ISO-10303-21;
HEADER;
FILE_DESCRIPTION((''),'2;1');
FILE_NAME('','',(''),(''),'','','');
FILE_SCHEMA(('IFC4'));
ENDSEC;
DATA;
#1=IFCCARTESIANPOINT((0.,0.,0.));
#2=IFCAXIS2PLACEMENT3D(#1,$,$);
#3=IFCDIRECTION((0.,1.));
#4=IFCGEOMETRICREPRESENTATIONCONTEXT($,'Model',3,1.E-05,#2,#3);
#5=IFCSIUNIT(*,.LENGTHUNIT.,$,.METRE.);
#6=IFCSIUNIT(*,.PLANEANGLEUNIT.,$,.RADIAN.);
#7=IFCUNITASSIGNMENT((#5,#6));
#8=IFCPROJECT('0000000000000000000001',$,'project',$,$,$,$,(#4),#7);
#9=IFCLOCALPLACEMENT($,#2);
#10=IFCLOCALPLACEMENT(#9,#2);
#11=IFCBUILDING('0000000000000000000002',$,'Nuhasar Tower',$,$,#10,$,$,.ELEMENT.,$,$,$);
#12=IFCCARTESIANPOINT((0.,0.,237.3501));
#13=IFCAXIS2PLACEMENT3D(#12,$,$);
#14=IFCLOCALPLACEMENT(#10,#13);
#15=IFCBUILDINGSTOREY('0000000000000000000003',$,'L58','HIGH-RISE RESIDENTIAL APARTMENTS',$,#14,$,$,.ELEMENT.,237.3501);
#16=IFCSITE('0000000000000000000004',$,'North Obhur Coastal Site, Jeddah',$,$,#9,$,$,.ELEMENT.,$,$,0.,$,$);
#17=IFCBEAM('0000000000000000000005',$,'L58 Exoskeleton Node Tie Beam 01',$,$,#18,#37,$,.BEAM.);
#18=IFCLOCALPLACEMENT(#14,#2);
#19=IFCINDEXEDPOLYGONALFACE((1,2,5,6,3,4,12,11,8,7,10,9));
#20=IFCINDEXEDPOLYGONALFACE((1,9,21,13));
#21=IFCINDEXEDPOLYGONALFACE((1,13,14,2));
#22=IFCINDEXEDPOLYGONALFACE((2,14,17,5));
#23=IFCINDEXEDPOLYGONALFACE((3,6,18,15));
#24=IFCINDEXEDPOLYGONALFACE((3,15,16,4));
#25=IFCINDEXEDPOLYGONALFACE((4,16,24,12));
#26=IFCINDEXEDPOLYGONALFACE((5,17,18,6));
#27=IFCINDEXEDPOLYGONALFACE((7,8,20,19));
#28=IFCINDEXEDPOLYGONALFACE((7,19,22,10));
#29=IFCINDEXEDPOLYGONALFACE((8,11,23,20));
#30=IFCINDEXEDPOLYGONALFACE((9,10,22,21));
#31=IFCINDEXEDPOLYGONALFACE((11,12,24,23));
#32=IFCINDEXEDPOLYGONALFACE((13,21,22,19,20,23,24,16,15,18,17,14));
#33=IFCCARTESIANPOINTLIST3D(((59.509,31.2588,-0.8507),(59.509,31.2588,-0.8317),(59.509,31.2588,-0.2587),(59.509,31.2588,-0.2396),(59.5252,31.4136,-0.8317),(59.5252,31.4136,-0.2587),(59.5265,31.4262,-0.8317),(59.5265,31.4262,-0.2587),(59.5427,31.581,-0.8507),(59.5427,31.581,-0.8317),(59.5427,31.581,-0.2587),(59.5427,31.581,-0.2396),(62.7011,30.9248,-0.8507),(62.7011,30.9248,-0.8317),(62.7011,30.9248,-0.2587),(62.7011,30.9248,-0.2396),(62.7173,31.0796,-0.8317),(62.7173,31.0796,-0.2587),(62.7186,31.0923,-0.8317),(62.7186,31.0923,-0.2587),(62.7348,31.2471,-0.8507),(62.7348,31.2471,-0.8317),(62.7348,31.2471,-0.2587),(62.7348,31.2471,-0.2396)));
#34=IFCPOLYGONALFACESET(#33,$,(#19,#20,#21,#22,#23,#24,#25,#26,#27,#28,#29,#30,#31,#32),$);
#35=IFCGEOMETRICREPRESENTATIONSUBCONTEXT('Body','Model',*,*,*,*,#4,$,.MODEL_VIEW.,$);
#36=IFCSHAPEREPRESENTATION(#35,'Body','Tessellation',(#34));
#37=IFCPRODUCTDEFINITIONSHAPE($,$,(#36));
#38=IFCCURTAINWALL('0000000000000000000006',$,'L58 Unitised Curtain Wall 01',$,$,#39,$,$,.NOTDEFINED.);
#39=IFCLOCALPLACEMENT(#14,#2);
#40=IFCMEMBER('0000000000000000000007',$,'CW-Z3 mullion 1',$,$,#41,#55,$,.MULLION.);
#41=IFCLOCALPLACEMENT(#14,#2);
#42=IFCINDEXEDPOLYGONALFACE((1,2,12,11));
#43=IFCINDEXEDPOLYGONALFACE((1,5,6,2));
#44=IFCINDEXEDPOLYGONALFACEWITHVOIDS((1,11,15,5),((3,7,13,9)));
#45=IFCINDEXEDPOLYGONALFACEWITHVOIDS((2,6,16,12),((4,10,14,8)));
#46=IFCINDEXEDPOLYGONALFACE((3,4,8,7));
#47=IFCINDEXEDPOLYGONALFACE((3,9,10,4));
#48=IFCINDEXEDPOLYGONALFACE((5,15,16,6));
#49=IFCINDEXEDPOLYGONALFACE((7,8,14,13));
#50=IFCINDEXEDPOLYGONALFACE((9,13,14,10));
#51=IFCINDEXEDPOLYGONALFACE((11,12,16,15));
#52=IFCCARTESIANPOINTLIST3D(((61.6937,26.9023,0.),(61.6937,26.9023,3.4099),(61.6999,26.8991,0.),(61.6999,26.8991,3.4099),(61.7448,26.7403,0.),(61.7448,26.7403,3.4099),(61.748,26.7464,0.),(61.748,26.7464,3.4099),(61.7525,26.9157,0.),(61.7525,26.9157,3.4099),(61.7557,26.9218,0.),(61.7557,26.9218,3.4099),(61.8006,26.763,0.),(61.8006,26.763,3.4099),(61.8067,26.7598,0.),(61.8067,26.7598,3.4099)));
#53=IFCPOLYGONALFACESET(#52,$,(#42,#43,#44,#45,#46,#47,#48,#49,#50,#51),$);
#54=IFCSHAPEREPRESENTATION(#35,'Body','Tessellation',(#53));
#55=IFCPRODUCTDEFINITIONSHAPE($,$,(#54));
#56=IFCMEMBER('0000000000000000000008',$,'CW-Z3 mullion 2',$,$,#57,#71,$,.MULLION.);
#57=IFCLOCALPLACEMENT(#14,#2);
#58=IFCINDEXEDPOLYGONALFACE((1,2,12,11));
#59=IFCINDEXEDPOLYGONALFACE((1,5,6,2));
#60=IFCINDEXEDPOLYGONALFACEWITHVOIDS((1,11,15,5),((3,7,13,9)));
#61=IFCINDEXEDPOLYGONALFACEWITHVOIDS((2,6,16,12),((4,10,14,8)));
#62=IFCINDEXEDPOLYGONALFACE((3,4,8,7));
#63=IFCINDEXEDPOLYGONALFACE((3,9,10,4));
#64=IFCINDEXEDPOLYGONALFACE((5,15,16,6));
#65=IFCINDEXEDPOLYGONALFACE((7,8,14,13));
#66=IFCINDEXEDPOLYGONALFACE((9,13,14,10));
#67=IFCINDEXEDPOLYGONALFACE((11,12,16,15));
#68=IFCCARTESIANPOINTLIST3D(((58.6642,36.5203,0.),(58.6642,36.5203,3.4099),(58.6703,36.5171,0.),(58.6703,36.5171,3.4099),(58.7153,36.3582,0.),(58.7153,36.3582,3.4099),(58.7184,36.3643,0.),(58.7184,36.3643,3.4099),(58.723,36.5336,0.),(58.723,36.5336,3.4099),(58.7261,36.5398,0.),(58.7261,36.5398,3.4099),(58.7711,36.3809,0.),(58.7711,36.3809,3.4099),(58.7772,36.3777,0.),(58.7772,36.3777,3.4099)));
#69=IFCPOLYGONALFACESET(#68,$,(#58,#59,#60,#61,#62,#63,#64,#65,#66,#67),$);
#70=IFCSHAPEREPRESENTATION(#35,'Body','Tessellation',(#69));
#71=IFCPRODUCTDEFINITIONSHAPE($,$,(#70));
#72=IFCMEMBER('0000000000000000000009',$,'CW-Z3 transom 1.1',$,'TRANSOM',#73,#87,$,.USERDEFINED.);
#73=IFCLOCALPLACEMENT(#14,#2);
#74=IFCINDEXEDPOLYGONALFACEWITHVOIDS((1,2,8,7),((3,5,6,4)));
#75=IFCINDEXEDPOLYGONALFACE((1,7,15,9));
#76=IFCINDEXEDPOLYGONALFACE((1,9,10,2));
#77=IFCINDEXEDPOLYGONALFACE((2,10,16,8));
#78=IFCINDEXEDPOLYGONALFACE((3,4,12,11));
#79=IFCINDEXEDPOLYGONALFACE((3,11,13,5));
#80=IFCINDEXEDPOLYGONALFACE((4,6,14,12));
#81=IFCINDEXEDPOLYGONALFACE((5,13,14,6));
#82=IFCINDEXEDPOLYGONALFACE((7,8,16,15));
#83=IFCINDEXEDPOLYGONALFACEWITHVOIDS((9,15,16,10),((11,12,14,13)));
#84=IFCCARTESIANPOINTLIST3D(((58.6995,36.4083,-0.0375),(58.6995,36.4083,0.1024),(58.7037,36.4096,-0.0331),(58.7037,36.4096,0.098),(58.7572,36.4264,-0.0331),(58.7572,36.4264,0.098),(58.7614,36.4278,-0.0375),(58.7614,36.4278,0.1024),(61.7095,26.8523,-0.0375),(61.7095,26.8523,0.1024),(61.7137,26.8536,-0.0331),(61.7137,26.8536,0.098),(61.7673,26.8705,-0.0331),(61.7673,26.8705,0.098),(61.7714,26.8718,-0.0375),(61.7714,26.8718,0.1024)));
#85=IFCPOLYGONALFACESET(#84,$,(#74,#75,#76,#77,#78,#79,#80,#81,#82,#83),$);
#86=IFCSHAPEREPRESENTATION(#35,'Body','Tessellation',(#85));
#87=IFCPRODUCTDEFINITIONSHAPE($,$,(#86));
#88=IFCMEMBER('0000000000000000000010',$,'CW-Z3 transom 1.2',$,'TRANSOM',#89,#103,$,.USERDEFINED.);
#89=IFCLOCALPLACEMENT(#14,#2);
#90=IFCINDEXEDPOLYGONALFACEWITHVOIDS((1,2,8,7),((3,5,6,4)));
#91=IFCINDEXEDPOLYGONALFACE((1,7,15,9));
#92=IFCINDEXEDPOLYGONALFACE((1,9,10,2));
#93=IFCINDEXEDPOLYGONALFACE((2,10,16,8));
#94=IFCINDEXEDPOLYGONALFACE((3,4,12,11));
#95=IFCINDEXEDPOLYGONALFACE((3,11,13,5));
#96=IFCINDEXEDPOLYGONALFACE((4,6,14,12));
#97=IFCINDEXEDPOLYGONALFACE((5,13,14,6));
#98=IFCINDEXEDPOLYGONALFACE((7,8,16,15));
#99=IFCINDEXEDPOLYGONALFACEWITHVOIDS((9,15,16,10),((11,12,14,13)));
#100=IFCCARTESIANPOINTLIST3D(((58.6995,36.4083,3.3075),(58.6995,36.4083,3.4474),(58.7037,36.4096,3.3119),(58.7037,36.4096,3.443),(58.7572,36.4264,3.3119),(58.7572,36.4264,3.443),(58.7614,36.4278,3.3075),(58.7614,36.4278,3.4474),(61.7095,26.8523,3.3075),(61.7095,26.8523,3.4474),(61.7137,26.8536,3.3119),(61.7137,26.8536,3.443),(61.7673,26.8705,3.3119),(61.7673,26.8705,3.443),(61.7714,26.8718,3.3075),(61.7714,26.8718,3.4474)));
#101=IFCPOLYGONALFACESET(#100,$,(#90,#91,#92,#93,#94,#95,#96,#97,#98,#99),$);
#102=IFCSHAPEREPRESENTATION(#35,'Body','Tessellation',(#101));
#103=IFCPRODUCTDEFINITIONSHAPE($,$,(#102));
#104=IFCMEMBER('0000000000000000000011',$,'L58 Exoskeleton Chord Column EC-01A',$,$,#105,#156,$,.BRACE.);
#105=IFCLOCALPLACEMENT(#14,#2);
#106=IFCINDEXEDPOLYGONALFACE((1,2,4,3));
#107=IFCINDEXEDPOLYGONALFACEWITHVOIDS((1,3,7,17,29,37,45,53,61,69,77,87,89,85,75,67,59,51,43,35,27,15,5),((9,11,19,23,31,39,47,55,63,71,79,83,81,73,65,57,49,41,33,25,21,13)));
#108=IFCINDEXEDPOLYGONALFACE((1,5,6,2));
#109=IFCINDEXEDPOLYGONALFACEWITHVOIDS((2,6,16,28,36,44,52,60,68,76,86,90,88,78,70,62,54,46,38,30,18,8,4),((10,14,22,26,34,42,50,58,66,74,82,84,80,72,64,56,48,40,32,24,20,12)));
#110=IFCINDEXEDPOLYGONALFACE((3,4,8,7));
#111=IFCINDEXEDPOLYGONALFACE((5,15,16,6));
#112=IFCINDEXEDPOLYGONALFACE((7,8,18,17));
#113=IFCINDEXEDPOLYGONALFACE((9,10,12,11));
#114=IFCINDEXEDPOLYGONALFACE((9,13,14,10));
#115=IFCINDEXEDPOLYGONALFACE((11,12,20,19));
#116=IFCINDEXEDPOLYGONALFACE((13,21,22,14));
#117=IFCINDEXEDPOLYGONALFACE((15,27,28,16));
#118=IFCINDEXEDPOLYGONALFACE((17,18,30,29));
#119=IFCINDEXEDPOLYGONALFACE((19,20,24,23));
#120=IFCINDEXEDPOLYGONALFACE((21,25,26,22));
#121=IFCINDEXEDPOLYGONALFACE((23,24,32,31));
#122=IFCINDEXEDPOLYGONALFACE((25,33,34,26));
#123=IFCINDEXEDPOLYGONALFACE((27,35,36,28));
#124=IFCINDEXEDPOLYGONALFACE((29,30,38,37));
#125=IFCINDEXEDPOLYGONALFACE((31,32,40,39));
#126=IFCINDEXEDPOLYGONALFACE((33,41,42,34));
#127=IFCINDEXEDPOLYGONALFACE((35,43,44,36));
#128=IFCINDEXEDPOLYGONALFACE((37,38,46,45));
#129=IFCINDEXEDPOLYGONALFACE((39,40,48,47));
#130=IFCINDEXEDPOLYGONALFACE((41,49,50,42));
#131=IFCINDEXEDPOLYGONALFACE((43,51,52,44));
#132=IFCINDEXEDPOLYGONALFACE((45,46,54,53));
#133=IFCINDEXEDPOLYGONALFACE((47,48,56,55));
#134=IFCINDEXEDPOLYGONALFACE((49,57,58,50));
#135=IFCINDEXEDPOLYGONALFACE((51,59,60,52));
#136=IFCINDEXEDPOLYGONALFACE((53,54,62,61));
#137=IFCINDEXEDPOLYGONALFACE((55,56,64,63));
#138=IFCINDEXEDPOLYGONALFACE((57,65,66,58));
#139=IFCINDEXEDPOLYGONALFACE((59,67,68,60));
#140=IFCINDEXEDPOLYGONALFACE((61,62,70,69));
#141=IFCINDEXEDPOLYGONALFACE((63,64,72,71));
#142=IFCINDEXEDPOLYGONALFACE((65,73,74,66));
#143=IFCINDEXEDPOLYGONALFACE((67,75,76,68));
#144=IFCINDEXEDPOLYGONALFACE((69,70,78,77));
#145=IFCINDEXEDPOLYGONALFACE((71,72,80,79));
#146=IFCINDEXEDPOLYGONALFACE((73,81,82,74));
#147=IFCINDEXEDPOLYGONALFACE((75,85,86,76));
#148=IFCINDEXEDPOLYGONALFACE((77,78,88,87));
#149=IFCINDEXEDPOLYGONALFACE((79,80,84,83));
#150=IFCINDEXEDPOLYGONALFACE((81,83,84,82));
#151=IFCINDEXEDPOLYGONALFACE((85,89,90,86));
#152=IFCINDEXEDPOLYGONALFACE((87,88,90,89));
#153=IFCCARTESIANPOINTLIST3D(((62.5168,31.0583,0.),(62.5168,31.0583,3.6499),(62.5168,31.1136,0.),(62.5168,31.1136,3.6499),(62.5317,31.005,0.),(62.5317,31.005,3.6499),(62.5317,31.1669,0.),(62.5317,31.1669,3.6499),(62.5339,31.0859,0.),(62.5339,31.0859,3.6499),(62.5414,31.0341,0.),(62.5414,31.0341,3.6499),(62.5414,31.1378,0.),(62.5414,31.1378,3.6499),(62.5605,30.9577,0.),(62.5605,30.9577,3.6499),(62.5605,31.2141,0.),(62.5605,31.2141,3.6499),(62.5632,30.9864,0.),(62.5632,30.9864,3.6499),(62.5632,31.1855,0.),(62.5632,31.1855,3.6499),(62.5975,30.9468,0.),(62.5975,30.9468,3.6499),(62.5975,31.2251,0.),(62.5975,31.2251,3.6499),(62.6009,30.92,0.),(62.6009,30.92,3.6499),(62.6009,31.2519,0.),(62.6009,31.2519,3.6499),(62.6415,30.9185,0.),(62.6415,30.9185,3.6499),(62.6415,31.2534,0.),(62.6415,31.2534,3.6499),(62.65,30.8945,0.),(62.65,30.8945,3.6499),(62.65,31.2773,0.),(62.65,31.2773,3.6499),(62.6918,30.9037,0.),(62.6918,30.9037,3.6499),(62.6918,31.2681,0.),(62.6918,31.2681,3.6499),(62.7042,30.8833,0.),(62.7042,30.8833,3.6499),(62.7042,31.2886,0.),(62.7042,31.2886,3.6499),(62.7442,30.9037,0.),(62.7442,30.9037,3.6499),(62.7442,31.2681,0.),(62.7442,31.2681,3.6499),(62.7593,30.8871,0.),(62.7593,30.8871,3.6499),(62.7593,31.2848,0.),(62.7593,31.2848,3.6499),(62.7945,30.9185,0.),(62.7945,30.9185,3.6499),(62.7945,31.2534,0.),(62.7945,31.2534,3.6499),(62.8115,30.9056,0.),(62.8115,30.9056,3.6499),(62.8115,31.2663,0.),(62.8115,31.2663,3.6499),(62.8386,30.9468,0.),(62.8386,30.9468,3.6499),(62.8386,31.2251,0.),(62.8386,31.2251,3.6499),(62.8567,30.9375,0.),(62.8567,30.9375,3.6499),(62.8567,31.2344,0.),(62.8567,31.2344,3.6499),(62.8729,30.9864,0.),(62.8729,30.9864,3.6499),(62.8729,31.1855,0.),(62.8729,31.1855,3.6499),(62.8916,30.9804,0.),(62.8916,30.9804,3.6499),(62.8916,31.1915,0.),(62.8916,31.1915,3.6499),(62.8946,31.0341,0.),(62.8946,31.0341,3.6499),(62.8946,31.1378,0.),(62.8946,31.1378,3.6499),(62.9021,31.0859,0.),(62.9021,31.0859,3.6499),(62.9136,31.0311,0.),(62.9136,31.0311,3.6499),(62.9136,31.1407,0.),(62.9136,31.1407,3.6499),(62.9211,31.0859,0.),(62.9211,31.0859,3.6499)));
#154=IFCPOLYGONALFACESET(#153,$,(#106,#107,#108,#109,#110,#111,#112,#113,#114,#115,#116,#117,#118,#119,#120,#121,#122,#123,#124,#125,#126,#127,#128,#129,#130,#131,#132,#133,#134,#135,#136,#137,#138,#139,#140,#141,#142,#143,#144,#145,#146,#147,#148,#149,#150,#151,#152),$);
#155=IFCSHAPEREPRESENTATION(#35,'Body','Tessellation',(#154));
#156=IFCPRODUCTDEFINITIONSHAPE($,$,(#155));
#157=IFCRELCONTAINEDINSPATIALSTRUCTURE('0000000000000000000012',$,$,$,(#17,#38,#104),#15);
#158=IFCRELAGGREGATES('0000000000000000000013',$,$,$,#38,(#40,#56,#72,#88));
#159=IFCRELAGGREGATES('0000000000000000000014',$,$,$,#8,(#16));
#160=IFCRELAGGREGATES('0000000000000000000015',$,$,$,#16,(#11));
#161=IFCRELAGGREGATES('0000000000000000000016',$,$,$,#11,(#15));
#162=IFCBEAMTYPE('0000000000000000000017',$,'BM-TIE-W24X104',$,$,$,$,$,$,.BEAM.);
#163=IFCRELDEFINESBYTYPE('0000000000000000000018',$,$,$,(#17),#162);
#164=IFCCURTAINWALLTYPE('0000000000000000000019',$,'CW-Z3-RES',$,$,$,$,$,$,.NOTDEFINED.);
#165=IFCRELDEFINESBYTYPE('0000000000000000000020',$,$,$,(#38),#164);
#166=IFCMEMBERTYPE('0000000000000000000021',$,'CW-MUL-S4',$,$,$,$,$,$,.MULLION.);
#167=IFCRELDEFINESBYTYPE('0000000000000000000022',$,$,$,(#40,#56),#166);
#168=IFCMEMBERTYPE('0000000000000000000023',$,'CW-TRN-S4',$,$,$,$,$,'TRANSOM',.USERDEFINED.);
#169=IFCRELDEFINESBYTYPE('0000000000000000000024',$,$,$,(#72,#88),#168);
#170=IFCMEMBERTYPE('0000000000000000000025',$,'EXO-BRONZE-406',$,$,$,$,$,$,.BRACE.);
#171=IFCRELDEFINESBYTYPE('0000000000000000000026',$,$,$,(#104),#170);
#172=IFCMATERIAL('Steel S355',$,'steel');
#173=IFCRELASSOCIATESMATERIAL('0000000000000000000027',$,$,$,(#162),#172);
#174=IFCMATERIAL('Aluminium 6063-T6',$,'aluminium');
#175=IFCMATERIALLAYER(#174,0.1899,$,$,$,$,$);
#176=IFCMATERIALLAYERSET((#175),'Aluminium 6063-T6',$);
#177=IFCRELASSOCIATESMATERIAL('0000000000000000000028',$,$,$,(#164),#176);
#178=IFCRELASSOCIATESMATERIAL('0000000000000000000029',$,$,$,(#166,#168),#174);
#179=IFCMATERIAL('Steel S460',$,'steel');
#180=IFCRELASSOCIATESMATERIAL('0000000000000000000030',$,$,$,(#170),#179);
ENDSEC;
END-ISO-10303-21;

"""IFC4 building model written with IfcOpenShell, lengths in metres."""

from ifc_helpers import new_model, si_unit, direction, frame, origin, origin_2d, place, context, subcontext, project, spatial, hollow_rectangle, hollow_circle, i_section, extrude, material, layer, layer_set, material_profile, profile_set, type_object, element, aggregate, save


model = new_model("IFC4")

# Units and contexts
model_context = context("Model", 3, precision=1e-05, world=origin(), true_north=direction((0.0, 1.0)))
body_context = subcontext(model_context, "Body", "Model", "MODEL_VIEW")
ifc_project = project(units=[si_unit("LENGTHUNIT", "METRE"), si_unit("PLANEANGLEUNIT", "RADIAN")], contexts=[model_context])

# Site, building, storey
site_placement = place(None, origin())
site = spatial("IfcSite", under=ifc_project, at=site_placement, Name="North Obhur Coastal Site, Jeddah", CompositionType="ELEMENT", RefElevation=0.0)
building_placement = place(site_placement, origin())
building = spatial("IfcBuilding", under=site, at=building_placement, Name="Nuhasar Tower", CompositionType="ELEMENT")
storey_placement = place(building_placement, frame((0.0, 0.0, 237.3501)))
storey = spatial("IfcBuildingStorey", under=building, at=storey_placement, Name="L58", Description="HIGH-RISE RESIDENTIAL APARTMENTS", CompositionType="ELEMENT", Elevation=237.3501)

# Beam
ifc_material_1 = material(Name="Steel S355", Category="steel")
ifc_material_profile_1 = material_profile(ifc_material_1, i_section(OverallWidth=0.324, OverallDepth=0.6111, WebThickness=0.0127, FlangeThickness=0.019, at=origin_2d()), Name="W24X104")
ifc_profile_set_1 = profile_set([ifc_material_profile_1], Name="Steel S355")
beam_type_1 = type_object("IfcBeamType", Name="BM-TIE-W24X104", PredefinedType="BEAM", material=ifc_profile_set_1)
beam_1_placement = place(storey_placement, frame((59.5259, 31.4199, -0.5452), z_axis=(0.994571, -0.104059, 0.0), x_axis=(0.104059, 0.994571, 0.0)))
element("IfcBeam", 1, at=beam_1_placement, inside=storey, type_object=beam_type_1, Name="L58 Exoskeleton Node Tie Beam 01", PredefinedType="BEAM", context=body_context, shape_type="SweptSolid", body=[
    extrude(i_section(OverallWidth=0.324, OverallDepth=0.6111, WebThickness=0.0127, FlangeThickness=0.019, at=origin_2d()), origin(), (0.0, 0.0, 1.0), 3.2095),
])

# Curtain wall, members
ifc_material_2 = material(Name="Aluminium 6063-T6", Category="aluminium")
ifc_layer_1 = layer(ifc_material_2, 0.1899)
ifc_layer_set_1 = layer_set([ifc_layer_1], Name="Aluminium 6063-T6")
curtain_wall_type = type_object("IfcCurtainWallType", Name="CW-Z3-RES", PredefinedType="NOTDEFINED", material=ifc_layer_set_1)
curtain_wall_placement = place(storey_placement, origin())
curtain_wall = element("IfcCurtainWall", 2, at=curtain_wall_placement, inside=storey, type_object=curtain_wall_type, Name="L58 Unitised Curtain Wall 01", PredefinedType="NOTDEFINED")
ifc_material_profile_2 = material_profile(ifc_material_2, hollow_rectangle(XDim=0.0649, YDim=0.1699, WallThickness=0.0049, at=origin_2d()), Name="CWM-4")
ifc_profile_set_2 = profile_set([ifc_material_profile_2], Name="Aluminium 6063-T6")
member_type_1 = type_object("IfcMemberType", Name="CW-MUL-S4", PredefinedType="MULLION", material=ifc_profile_set_2)
member_1_placement = place(storey_placement, frame((61.7502, 26.8311, 0.0), z_axis=(0.0, 0.0, 1.0), x_axis=(-0.953804, -0.300429, 0.0)))
member_1 = element("IfcMember", 3, at=member_1_placement, type_object=member_type_1, Name="CW-Z3 mullion 1", PredefinedType="MULLION", context=body_context, shape_type="SweptSolid", body=[
    extrude(hollow_rectangle(XDim=0.0649, YDim=0.1699, WallThickness=0.0049, at=origin_2d()), origin(), (0.0, 0.0, 1.0), 3.4099),
])
member_2_placement = place(storey_placement, frame((58.7207, 36.449, 0.0), z_axis=(0.0, 0.0, 1.0), x_axis=(-0.953804, -0.300429, 0.0)))
member_2 = element("IfcMember", 4, at=member_2_placement, type_object=member_type_1, Name="CW-Z3 mullion 2", PredefinedType="MULLION", context=body_context, shape_type="SweptSolid", body=[
    extrude(hollow_rectangle(XDim=0.0649, YDim=0.1699, WallThickness=0.0049, at=origin_2d()), origin(), (0.0, 0.0, 1.0), 3.4099),
])
ifc_material_profile_3 = material_profile(ifc_material_2, hollow_rectangle(XDim=0.0649, YDim=0.1399, WallThickness=0.0044, at=origin_2d()), Name="CWT-4")
ifc_profile_set_3 = profile_set([ifc_material_profile_3], Name="Aluminium 6063-T6")
member_type_2 = type_object("IfcMemberType", Name="CW-TRN-S4", ElementType="TRANSOM", PredefinedType="USERDEFINED", material=ifc_profile_set_3)
member_3_placement = place(storey_placement, frame((61.7405, 26.8621, 0.0325), z_axis=(-0.300437, 0.953802, 0.0), x_axis=(-0.953802, -0.300437, 0.0)))
member_3 = element("IfcMember", 5, at=member_3_placement, type_object=member_type_2, Name="CW-Z3 transom 1.1", ObjectType="TRANSOM", PredefinedType="USERDEFINED", context=body_context, shape_type="SweptSolid", body=[
    extrude(hollow_rectangle(XDim=0.0649, YDim=0.1399, WallThickness=0.0044, at=origin_2d()), origin(), (0.0, 0.0, 1.0), 10.0188),
])
member_4_placement = place(storey_placement, frame((61.7405, 26.8621, 3.3774), z_axis=(-0.300437, 0.953802, 0.0), x_axis=(-0.953802, -0.300437, 0.0)))
member_4 = element("IfcMember", 6, at=member_4_placement, type_object=member_type_2, Name="CW-Z3 transom 1.2", ObjectType="TRANSOM", PredefinedType="USERDEFINED", context=body_context, shape_type="SweptSolid", body=[
    extrude(hollow_rectangle(XDim=0.0649, YDim=0.1399, WallThickness=0.0044, at=origin_2d()), origin(), (0.0, 0.0, 1.0), 10.0188),
])

# Member
ifc_material_3 = material(Name="Steel S460", Category="steel")
ifc_material_profile_4 = material_profile(ifc_material_3, hollow_circle(Radius=0.2031, WallThickness=0.019, at=origin_2d()), Name="HSS406.4X19.1")
ifc_profile_set_4 = profile_set([ifc_material_profile_4], Name="Steel S460")
member_type_3 = type_object("IfcMemberType", Name="EXO-BRONZE-406", PredefinedType="BRACE", material=ifc_profile_set_4)
for number, where, z_axis, x_axis, name in (
    (7, (62.718, 31.0859, 0.0), (0.0, 0.0, 1.0), (1.0, 0.0, 0.0), "L58 Exoskeleton Chord Column EC-01A"),
):
    element("IfcMember", number, at=place(storey_placement, frame(where, z_axis=z_axis, x_axis=x_axis)), inside=storey, type_object=member_type_3, Name=name, PredefinedType="BRACE", context=body_context, shape_type="SweptSolid", body=[
        extrude(hollow_circle(Radius=0.2031, WallThickness=0.019, at=origin_2d()), origin(), (0.0, 0.0, 1.0), 3.6499),
    ])

aggregate(curtain_wall, [member_1, member_2, member_3, member_4])

save(model, "model.ifc")
